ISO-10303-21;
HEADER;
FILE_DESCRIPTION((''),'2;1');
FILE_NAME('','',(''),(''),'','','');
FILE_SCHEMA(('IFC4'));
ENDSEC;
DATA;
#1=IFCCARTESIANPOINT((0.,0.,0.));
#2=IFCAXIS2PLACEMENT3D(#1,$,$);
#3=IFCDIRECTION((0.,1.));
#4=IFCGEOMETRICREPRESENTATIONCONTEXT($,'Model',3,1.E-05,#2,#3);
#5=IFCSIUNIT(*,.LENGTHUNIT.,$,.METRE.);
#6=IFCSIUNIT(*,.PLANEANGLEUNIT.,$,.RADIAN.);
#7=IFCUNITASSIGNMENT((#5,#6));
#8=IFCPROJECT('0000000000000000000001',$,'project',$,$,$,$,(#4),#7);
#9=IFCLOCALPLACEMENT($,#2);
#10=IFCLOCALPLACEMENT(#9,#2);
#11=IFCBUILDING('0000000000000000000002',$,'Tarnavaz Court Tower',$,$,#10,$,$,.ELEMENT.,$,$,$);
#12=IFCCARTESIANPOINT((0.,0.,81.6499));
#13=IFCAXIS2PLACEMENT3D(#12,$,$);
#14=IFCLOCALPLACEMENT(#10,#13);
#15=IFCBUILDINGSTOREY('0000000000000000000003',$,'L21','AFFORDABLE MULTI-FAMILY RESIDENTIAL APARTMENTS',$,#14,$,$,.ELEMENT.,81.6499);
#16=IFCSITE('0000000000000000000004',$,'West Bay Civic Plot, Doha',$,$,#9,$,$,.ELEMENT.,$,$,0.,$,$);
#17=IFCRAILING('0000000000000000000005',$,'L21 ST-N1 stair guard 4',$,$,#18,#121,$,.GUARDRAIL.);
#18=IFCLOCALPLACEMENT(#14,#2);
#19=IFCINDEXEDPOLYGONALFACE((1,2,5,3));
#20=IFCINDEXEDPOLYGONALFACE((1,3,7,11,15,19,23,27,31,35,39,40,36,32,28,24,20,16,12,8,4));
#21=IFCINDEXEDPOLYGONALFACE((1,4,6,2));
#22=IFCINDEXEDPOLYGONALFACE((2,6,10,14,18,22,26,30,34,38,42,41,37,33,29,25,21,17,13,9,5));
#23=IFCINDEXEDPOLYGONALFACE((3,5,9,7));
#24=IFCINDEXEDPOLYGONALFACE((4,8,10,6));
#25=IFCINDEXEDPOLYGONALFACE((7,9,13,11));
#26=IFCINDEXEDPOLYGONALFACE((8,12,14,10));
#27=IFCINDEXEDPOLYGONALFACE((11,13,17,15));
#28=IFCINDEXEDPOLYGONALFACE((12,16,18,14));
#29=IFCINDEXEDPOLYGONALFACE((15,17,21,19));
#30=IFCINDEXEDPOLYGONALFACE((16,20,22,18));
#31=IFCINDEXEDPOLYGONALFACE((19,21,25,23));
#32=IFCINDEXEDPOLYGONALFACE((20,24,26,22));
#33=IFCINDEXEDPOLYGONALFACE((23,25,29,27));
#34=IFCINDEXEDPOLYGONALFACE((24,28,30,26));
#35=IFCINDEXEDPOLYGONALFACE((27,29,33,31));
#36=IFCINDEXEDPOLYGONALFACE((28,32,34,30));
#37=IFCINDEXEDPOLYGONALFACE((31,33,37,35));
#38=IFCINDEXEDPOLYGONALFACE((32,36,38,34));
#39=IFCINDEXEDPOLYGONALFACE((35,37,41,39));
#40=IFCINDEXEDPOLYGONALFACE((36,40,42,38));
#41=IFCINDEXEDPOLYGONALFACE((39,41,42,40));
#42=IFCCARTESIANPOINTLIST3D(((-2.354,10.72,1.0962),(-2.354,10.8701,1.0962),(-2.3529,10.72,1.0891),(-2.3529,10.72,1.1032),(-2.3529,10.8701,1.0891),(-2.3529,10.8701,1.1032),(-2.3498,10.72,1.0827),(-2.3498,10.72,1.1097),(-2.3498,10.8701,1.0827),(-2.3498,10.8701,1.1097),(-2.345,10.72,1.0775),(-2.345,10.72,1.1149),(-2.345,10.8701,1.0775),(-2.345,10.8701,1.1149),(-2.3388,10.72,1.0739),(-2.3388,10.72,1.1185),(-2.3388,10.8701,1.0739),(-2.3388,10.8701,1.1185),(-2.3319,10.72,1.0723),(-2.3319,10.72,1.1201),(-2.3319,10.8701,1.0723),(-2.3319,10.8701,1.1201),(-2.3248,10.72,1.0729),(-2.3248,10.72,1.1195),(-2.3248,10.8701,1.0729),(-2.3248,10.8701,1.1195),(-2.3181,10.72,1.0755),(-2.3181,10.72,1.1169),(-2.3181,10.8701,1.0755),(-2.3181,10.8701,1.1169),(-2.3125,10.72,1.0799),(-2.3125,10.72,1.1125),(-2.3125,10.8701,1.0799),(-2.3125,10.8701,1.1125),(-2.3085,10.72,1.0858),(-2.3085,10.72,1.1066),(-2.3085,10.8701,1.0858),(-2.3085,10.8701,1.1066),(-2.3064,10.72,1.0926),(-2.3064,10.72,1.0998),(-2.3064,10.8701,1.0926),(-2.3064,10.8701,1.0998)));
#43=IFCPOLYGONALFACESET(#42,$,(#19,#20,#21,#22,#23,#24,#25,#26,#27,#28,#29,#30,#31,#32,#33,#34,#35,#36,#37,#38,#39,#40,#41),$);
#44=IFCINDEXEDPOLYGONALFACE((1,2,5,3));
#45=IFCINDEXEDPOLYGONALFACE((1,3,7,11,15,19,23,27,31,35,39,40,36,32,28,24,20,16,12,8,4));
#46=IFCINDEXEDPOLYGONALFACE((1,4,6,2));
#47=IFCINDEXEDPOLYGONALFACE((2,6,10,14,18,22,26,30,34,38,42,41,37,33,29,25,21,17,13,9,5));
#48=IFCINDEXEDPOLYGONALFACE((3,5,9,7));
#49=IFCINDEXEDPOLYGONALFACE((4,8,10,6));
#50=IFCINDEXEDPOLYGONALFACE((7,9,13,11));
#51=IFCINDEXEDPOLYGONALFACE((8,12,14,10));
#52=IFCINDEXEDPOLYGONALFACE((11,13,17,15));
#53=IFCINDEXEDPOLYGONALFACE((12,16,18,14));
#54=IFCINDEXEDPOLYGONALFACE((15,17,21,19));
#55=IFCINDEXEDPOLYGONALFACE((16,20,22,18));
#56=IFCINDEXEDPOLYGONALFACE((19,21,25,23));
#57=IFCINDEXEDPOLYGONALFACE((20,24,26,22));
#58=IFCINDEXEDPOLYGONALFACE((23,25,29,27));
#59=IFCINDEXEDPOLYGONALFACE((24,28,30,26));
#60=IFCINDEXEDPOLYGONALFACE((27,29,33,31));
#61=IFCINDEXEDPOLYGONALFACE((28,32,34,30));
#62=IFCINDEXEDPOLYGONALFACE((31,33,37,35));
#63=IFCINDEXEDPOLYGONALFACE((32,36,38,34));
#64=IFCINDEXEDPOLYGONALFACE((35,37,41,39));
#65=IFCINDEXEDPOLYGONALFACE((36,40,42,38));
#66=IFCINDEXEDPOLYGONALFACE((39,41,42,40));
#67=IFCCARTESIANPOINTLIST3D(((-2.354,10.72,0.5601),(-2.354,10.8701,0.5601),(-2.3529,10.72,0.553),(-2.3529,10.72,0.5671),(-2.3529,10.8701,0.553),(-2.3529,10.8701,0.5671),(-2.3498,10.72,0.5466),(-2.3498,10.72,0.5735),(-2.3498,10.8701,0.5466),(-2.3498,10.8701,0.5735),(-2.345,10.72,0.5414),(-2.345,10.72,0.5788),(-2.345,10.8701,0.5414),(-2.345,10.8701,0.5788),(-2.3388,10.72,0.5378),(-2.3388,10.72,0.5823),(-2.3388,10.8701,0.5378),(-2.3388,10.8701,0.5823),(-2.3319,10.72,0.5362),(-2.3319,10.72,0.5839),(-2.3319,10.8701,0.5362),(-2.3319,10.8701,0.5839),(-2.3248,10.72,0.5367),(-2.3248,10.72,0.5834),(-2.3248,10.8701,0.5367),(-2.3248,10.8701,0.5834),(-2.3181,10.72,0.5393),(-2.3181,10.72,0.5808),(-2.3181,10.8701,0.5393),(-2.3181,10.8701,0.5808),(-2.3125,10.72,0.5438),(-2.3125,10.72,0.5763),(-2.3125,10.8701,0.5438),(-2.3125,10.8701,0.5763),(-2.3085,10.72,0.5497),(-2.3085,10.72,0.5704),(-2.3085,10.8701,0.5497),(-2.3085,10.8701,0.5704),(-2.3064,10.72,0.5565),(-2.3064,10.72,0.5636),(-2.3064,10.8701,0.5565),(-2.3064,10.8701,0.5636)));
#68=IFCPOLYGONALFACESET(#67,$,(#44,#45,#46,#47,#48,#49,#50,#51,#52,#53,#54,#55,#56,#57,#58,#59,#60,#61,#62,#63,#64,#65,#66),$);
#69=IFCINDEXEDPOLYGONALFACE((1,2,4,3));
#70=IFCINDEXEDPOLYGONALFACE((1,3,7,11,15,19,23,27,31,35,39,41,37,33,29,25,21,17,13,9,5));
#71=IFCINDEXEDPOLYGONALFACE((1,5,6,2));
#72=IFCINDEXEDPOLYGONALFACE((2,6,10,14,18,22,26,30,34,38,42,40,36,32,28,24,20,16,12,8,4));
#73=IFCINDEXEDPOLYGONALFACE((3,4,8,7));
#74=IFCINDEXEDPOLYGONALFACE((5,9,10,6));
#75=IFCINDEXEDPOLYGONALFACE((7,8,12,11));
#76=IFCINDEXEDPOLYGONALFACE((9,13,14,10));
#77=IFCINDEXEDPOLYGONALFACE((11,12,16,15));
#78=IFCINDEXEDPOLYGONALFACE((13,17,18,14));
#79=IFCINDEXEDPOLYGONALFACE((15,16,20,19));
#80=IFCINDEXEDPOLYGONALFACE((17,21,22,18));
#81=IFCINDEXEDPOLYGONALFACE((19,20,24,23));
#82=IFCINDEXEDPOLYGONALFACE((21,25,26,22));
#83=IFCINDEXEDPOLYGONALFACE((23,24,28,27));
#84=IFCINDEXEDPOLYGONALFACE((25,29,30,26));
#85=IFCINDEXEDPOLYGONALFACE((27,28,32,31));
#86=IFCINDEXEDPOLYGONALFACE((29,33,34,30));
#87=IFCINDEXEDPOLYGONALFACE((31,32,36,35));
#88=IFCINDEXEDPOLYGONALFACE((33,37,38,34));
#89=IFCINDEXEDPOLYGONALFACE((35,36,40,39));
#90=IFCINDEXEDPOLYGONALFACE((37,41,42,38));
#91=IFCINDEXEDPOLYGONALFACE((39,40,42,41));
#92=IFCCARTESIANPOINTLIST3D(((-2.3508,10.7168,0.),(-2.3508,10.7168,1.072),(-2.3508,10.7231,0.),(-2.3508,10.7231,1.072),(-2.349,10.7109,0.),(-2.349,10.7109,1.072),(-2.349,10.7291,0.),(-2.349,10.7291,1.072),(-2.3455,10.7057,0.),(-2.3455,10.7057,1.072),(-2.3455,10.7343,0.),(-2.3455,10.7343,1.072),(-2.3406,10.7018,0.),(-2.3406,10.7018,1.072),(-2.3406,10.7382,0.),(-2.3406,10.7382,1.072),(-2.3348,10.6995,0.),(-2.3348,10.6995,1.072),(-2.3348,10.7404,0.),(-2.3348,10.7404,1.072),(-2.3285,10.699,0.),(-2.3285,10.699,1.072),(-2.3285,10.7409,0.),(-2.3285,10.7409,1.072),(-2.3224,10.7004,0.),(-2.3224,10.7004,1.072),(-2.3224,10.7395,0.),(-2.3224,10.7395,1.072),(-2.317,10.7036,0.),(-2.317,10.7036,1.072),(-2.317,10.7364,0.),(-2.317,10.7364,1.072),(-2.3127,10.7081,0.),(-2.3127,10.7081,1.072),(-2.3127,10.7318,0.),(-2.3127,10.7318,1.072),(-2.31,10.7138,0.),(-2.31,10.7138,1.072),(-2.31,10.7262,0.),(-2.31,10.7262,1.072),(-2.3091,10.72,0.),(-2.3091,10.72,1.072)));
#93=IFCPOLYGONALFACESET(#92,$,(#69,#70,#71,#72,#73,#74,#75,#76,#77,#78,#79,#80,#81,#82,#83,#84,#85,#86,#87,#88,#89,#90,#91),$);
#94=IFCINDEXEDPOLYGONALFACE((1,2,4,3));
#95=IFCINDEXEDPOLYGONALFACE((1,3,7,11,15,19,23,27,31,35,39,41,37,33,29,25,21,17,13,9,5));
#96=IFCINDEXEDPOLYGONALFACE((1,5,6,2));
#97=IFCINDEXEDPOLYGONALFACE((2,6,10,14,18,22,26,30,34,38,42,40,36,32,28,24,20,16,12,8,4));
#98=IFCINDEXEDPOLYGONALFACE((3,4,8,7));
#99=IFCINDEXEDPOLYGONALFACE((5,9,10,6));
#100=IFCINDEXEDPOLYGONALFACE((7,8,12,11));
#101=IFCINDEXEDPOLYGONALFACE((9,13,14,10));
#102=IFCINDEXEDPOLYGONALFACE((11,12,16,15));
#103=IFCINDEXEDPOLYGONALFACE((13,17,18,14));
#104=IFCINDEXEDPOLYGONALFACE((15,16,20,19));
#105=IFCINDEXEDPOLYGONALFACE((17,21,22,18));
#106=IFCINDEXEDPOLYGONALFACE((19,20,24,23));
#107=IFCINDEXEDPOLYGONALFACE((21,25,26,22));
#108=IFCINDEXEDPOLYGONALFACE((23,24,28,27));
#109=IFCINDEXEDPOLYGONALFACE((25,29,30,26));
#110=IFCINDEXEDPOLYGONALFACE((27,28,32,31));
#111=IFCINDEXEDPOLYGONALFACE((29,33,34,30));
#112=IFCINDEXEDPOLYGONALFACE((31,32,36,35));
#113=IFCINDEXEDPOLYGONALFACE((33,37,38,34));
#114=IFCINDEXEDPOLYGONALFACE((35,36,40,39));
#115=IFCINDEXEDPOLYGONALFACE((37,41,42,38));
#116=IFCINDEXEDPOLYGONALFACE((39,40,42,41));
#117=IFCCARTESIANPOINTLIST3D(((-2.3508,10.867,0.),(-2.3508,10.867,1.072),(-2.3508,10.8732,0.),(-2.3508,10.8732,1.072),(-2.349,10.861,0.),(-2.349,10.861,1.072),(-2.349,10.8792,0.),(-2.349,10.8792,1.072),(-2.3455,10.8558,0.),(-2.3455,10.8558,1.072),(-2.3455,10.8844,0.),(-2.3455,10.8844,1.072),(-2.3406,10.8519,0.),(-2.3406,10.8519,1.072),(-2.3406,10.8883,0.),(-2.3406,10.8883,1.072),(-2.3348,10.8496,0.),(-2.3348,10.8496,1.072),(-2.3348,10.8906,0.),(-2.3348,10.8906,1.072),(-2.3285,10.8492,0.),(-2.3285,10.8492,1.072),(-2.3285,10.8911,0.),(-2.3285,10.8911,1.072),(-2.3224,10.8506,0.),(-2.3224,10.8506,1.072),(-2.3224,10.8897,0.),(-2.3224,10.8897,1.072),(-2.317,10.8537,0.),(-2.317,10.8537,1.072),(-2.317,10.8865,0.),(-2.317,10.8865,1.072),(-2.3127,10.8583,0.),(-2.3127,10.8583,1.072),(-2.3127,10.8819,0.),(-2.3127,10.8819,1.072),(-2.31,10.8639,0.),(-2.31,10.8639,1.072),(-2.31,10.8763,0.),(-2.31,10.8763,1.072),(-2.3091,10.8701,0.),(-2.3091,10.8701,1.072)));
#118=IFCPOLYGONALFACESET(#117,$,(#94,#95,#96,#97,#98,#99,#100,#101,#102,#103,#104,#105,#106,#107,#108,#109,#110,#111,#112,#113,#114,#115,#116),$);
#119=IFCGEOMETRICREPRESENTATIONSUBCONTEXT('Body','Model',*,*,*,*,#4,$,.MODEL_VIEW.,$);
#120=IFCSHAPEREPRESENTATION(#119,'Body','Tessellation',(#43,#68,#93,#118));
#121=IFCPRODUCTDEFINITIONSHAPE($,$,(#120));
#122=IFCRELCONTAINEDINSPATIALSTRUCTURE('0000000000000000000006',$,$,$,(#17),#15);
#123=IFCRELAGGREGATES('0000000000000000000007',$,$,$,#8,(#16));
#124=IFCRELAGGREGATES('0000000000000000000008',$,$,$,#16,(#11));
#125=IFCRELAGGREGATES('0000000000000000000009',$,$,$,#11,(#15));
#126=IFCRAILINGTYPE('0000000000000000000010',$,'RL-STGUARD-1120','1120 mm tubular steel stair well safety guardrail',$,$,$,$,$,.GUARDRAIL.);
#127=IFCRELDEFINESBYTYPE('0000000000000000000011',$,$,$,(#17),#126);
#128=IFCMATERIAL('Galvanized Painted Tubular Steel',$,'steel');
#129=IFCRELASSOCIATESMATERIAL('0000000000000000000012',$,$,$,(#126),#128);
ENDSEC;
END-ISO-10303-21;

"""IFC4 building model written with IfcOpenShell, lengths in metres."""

from ifc_helpers import new_model, si_unit, direction, frame, origin, origin_2d, place, context, subcontext, project, spatial, circle, extrude, material, type_object, element, save


model = new_model("IFC4")

# Units and contexts
model_context = context("Model", 3, precision=1e-05, world=origin(), true_north=direction((0.0, 1.0)))
body_context = subcontext(model_context, "Body", "Model", "MODEL_VIEW")
ifc_project = project(units=[si_unit("LENGTHUNIT", "METRE"), si_unit("PLANEANGLEUNIT", "RADIAN")], contexts=[model_context])

# Site, building, storey
site_placement = place(None, origin())
site = spatial("IfcSite", under=ifc_project, at=site_placement, Name="West Bay Civic Plot, Doha", CompositionType="ELEMENT", RefElevation=0.0)
building_placement = place(site_placement, origin())
building = spatial("IfcBuilding", under=site, at=building_placement, Name="Tarnavaz Court Tower", CompositionType="ELEMENT")
storey_placement = place(building_placement, frame((0.0, 0.0, 81.6499)))
storey = spatial("IfcBuildingStorey", under=building, at=storey_placement, Name="L21", Description="AFFORDABLE MULTI-FAMILY RESIDENTIAL APARTMENTS", CompositionType="ELEMENT", Elevation=81.6499)

# Railing
ifc_material_1 = material(Name="Galvanized Painted Tubular Steel", Category="steel")
railing_type_1 = type_object("IfcRailingType", Name="RL-STGUARD-1120", Description="1120 mm tubular steel stair well safety guardrail", PredefinedType="GUARDRAIL", material=ifc_material_1)
railing_1_placement = place(storey_placement, frame((-2.3301, 10.72, 0.0)))
element("IfcRailing", 1, at=railing_1_placement, inside=storey, type_object=railing_type_1, Name="L21 ST-N1 stair guard 4", PredefinedType="GUARDRAIL", context=body_context, shape_type="SweptSolid", body=[
    extrude(circle(Radius=0.0239, at=origin_2d()), frame((0.0, 0.0, 1.0962), z_axis=(0.0, 1.0, 0.0), x_axis=(-1.0, 0.0, 0.0)), (0.0, 0.0, 1.0), 0.1501),
    extrude(circle(Radius=0.0239, at=origin_2d()), frame((0.0, 0.0, 0.5601), z_axis=(0.0, 1.0, 0.0), x_axis=(-1.0, 0.0, 0.0)), (0.0, 0.0, 1.0), 0.1501),
    extrude(circle(Radius=0.021, at=origin_2d()), origin(), (0.0, 0.0, 1.0), 1.072),
    extrude(circle(Radius=0.021, at=origin_2d()), frame((0.0, 0.1501, 0.0)), (0.0, 0.0, 1.0), 1.072),
])

save(model, "model.ifc")
